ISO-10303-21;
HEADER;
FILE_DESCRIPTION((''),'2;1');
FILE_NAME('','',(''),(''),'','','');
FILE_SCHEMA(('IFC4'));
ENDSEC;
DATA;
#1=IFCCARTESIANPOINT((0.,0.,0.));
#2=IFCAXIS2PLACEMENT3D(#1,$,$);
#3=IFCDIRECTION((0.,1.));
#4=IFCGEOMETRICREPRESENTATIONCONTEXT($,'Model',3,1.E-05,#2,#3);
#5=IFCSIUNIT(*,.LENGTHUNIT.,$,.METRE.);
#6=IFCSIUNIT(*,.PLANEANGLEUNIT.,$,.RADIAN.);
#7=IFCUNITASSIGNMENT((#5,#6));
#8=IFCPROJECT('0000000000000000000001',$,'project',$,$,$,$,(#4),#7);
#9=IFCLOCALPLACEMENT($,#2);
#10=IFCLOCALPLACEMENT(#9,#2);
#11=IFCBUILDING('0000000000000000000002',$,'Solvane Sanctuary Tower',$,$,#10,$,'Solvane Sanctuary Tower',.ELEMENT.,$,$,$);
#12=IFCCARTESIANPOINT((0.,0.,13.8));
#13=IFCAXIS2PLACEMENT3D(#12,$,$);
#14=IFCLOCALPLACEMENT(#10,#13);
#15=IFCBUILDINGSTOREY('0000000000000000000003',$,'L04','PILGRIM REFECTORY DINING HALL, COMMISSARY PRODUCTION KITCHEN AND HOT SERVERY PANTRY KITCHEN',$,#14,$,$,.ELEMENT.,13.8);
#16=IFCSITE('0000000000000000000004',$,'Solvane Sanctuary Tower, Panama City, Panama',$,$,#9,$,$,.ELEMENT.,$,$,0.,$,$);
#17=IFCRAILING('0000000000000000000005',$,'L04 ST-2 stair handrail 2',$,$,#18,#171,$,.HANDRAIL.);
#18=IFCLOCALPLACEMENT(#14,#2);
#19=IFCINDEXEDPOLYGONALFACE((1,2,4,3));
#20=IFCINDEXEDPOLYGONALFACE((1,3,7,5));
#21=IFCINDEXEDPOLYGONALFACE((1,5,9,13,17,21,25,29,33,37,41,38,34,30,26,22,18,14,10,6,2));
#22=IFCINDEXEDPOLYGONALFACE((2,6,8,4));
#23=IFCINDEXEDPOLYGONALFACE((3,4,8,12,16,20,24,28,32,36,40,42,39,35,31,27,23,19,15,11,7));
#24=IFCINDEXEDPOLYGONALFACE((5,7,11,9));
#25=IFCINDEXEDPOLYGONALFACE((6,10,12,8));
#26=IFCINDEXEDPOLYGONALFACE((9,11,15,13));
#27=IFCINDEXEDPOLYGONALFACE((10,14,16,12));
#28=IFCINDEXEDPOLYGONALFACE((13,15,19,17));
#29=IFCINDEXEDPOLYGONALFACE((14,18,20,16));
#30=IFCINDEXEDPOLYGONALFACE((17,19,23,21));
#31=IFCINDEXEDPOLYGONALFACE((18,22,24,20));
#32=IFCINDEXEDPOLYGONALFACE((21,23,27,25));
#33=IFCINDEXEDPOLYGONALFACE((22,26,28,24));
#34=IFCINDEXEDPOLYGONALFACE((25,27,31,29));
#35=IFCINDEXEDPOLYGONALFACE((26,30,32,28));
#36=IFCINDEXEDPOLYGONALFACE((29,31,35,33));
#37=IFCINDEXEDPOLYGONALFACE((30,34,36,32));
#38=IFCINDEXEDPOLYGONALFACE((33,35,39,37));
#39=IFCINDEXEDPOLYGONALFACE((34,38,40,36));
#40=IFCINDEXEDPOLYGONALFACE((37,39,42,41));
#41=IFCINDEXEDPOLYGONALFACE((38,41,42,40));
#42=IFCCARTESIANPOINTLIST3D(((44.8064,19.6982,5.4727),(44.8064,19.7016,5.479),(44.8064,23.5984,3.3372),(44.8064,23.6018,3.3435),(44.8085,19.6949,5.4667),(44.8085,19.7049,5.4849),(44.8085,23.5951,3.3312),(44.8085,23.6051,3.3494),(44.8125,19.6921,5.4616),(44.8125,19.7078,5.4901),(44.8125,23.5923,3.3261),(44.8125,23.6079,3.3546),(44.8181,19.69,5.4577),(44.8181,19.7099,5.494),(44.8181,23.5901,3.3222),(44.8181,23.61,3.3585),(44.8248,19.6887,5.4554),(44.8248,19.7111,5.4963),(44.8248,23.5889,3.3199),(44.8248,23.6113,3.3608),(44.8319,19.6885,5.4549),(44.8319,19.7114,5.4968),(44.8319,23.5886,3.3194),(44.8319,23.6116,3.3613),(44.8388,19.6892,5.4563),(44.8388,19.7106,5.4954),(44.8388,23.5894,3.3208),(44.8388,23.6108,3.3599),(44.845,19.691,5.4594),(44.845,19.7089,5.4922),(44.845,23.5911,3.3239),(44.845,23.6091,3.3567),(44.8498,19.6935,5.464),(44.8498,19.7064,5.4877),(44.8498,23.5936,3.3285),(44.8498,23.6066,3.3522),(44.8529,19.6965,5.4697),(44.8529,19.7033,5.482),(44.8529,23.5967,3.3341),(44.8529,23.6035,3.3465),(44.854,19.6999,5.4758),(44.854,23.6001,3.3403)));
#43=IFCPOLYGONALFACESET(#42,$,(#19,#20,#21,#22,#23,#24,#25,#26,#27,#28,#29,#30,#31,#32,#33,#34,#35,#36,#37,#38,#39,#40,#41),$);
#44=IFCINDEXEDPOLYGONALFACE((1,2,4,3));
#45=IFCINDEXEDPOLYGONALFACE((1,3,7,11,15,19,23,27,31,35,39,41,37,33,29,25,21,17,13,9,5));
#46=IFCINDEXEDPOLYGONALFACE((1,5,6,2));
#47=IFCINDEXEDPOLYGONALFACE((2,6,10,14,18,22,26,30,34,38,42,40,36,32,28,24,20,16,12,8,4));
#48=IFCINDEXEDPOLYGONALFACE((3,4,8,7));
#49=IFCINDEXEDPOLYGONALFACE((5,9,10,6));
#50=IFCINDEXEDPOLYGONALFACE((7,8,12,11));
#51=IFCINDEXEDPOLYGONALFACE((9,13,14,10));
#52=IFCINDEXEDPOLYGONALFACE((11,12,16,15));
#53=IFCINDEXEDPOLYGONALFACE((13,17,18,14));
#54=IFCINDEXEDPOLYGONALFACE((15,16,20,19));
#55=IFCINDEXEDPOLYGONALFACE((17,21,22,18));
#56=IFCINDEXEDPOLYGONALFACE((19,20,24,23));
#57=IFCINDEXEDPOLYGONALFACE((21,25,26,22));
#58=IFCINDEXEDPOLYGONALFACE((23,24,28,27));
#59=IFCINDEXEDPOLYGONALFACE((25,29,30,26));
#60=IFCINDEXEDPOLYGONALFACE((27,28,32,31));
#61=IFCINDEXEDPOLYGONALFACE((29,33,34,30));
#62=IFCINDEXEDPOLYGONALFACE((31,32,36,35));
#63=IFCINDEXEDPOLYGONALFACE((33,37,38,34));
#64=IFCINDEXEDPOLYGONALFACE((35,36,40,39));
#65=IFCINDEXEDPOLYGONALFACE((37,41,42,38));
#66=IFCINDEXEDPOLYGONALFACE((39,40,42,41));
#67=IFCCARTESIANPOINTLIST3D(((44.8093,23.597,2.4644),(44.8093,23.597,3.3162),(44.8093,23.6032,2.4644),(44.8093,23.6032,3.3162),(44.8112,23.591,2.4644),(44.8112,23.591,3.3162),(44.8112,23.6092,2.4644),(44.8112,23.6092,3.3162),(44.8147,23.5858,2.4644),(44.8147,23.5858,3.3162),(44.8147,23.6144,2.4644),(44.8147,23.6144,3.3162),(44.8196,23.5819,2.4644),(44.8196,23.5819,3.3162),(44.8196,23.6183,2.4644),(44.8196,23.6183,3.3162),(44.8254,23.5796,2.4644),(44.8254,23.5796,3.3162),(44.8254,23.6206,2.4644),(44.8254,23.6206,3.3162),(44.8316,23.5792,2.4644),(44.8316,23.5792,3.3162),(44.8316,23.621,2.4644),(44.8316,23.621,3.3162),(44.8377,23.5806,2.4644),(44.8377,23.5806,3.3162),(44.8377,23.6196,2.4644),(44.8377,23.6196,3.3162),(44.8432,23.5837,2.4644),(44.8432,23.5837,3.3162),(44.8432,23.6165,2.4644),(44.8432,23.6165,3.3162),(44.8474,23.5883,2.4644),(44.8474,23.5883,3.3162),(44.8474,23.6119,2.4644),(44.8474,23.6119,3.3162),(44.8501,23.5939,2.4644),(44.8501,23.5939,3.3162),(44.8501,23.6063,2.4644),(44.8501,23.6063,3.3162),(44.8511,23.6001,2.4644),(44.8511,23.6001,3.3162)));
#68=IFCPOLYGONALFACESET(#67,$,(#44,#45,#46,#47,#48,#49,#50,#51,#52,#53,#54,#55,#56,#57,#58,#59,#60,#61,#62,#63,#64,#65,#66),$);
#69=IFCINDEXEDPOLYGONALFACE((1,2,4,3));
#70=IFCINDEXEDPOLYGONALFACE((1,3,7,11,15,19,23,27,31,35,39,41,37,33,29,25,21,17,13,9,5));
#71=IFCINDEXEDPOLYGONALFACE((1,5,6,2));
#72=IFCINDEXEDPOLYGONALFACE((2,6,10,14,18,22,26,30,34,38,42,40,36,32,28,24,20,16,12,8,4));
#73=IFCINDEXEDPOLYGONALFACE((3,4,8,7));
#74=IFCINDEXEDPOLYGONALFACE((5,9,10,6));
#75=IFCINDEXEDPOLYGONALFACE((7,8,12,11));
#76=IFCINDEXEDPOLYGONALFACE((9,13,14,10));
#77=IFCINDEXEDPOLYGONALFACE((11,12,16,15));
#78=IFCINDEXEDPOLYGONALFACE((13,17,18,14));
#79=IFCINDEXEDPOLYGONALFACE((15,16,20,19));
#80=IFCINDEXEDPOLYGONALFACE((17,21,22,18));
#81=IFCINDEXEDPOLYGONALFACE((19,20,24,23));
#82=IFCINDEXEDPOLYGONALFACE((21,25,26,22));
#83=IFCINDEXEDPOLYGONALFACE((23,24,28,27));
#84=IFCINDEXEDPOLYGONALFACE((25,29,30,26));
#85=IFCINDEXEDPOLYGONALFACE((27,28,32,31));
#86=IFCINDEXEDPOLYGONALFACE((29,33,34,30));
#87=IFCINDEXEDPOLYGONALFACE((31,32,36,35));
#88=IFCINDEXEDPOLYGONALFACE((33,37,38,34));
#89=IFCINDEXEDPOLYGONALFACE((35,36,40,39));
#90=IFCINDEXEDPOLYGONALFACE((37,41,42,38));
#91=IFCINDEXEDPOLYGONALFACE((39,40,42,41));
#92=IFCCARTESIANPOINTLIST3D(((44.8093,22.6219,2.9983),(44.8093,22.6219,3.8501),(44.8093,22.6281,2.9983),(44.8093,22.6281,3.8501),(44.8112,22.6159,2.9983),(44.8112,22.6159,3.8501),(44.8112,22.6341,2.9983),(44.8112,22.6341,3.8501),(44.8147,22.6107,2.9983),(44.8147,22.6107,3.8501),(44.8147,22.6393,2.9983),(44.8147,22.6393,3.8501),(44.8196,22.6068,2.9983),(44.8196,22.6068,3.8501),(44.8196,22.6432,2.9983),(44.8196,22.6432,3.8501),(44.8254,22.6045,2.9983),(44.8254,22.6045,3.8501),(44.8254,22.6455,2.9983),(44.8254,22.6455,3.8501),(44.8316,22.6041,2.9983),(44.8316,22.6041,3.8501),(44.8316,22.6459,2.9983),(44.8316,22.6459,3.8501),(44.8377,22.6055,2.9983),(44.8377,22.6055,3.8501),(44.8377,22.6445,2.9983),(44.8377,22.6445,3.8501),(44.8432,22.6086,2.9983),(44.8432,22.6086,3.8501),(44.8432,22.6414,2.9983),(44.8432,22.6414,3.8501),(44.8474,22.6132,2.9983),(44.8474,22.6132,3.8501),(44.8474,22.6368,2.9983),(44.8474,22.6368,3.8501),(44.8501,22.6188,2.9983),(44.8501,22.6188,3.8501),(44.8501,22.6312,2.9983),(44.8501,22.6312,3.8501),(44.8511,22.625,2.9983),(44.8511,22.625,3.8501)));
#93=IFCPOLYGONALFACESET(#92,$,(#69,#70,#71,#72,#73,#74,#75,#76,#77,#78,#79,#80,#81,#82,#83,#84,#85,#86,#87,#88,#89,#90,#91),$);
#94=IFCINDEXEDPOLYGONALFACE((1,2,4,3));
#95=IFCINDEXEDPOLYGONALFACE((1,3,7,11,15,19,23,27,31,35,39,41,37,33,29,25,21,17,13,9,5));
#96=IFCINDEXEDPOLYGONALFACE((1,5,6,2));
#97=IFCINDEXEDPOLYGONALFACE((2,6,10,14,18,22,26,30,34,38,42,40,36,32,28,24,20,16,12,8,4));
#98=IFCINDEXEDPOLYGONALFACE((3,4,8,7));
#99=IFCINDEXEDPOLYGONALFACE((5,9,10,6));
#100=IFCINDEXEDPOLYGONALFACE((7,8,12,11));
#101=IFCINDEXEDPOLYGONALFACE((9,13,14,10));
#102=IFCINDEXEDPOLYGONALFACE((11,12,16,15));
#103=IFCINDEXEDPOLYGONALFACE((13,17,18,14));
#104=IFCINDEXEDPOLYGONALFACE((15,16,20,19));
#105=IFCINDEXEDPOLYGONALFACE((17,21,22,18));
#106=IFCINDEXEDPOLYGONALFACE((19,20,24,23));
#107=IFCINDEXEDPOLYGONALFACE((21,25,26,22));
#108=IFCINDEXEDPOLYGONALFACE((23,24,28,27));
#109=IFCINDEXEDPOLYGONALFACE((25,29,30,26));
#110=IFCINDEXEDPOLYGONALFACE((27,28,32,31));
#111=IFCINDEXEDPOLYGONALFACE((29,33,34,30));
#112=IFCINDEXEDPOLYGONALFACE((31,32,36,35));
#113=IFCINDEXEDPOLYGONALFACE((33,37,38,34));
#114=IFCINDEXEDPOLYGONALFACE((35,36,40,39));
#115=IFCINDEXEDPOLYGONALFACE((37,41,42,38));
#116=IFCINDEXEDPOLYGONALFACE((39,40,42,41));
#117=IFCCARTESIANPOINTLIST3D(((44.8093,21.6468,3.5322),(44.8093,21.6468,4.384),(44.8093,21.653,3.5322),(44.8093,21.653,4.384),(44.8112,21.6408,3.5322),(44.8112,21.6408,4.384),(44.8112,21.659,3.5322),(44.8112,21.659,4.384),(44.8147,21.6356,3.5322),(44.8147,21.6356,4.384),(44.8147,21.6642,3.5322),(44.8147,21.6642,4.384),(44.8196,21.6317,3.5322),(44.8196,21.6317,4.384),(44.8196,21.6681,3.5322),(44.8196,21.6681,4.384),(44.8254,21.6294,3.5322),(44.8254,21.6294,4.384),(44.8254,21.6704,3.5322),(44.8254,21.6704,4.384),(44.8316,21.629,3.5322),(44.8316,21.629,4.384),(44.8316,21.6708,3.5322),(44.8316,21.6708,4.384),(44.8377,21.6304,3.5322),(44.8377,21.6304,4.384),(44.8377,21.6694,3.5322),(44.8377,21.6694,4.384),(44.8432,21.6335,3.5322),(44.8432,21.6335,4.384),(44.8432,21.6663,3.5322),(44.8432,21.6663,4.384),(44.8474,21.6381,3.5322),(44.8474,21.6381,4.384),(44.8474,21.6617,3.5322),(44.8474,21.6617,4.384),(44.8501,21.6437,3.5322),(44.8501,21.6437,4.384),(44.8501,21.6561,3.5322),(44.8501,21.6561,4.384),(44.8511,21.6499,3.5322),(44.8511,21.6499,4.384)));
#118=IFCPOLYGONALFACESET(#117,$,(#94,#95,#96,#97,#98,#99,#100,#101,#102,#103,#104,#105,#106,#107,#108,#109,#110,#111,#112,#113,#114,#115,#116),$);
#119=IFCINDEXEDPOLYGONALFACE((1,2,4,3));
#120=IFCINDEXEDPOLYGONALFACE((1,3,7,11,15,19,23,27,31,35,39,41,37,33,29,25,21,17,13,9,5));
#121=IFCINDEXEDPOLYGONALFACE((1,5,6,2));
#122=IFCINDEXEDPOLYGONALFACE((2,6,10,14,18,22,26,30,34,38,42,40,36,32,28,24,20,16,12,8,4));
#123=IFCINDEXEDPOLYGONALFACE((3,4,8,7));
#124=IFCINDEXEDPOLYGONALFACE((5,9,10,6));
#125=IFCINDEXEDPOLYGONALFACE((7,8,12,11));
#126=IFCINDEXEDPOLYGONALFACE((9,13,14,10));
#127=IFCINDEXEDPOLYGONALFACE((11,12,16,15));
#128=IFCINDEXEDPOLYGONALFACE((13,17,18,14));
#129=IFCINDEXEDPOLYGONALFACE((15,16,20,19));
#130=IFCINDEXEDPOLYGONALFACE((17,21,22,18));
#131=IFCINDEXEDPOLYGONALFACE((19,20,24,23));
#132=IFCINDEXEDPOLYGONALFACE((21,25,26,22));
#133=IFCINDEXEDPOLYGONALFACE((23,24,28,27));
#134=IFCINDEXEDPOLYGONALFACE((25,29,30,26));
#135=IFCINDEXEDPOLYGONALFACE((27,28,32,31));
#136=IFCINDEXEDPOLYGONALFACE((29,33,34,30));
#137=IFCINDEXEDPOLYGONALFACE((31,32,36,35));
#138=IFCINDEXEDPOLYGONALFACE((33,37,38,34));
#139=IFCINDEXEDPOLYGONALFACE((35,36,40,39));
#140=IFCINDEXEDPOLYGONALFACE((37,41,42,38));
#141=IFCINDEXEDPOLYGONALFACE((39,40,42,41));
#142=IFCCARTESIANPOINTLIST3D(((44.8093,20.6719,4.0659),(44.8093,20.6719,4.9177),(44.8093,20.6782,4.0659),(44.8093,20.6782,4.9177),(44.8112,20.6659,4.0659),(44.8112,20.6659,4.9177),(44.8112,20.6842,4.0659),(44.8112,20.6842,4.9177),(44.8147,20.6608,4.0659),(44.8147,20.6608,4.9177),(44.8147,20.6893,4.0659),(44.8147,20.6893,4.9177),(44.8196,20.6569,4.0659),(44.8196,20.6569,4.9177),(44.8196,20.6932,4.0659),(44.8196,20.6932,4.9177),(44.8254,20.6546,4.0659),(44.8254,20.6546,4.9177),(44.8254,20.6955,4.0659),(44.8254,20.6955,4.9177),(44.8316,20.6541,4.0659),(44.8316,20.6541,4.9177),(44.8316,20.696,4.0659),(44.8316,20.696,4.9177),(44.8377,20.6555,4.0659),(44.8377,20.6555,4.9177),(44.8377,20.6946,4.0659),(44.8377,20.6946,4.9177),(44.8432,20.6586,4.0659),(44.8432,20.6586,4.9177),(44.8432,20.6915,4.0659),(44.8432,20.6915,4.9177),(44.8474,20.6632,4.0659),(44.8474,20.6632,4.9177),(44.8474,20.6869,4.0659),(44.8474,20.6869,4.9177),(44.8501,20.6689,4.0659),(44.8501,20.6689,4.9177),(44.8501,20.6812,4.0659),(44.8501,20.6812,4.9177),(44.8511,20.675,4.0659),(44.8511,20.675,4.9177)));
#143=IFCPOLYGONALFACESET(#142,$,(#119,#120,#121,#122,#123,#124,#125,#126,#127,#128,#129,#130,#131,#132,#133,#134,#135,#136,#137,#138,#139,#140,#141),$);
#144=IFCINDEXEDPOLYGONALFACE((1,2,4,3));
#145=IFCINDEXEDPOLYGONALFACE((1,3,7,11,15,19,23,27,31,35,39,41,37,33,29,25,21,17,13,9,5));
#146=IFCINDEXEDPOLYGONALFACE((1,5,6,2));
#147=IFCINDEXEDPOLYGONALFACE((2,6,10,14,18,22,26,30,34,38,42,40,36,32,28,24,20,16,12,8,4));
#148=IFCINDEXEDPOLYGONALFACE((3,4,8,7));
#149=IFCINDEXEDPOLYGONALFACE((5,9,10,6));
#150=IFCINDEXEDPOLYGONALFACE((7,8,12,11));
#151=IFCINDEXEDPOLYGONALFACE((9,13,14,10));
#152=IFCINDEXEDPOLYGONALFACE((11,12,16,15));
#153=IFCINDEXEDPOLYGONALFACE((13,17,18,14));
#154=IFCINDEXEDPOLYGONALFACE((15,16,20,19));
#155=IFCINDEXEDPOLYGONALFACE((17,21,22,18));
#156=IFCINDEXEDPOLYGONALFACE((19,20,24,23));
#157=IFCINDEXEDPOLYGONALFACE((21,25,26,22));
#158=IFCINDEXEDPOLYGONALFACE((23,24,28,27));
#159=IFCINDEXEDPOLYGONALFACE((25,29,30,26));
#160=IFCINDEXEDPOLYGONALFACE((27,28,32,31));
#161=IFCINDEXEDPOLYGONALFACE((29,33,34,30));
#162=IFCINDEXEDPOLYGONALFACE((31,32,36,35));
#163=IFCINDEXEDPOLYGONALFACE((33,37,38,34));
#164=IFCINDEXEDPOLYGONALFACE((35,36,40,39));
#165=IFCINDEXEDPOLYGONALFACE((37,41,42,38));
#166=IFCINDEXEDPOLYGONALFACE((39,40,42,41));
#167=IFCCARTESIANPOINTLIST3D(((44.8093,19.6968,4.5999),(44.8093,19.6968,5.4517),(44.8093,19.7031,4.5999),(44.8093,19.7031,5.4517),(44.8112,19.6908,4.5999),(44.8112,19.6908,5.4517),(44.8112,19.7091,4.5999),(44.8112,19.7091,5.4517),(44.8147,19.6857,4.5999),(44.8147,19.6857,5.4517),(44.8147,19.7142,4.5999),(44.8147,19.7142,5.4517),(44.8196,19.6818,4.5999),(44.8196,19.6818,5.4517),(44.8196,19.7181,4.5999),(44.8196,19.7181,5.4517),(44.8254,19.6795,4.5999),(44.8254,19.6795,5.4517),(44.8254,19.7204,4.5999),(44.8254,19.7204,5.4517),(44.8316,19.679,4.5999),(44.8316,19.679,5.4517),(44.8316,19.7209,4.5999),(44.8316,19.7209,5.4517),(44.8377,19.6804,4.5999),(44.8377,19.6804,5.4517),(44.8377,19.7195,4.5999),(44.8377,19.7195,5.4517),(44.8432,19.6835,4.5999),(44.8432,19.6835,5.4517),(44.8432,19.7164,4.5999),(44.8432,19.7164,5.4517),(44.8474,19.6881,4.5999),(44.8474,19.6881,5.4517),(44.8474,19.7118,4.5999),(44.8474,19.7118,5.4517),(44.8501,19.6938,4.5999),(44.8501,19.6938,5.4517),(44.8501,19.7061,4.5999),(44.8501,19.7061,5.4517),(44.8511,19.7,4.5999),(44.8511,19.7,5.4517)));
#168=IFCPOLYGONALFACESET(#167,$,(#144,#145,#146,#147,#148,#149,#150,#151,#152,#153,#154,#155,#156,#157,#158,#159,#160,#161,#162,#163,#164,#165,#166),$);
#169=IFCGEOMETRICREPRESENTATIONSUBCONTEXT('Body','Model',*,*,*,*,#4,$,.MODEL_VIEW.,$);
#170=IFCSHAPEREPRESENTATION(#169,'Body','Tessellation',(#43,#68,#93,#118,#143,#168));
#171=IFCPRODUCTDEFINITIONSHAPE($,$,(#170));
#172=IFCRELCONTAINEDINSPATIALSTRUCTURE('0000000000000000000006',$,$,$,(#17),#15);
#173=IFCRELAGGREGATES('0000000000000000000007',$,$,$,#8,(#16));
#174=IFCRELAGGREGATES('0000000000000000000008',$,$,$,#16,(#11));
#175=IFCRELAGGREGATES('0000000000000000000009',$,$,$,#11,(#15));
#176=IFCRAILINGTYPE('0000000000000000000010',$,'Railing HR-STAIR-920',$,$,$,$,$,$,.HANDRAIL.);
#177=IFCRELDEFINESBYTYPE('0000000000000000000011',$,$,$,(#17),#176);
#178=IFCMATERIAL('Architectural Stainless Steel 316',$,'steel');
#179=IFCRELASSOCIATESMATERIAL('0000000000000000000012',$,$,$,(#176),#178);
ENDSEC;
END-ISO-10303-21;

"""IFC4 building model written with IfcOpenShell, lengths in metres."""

from ifc_helpers import new_model, si_unit, direction, frame, origin, origin_2d, place, context, subcontext, project, spatial, circle, extrude, material, type_object, element, save


model = new_model("IFC4")

# Units and contexts
model_context = context("Model", 3, precision=1e-05, world=origin(), true_north=direction((0.0, 1.0)))
body_context = subcontext(model_context, "Body", "Model", "MODEL_VIEW")
ifc_project = project(units=[si_unit("LENGTHUNIT", "METRE"), si_unit("PLANEANGLEUNIT", "RADIAN")], contexts=[model_context])

# Site, building, storey
site_placement = place(None, origin())
site = spatial("IfcSite", under=ifc_project, at=site_placement, Name="Solvane Sanctuary Tower, Panama City, Panama", CompositionType="ELEMENT", RefElevation=0.0)
building_placement = place(site_placement, origin())
building = spatial("IfcBuilding", under=site, at=building_placement, Name="Solvane Sanctuary Tower", LongName="Solvane Sanctuary Tower", CompositionType="ELEMENT")
storey_placement = place(building_placement, frame((0.0, 0.0, 13.8)))
storey = spatial("IfcBuildingStorey", under=building, at=storey_placement, Name="L04", Description="PILGRIM REFECTORY DINING HALL, COMMISSARY PRODUCTION KITCHEN AND HOT SERVERY PANTRY KITCHEN", CompositionType="ELEMENT", Elevation=13.8)

# Shared definitions
ifc_material_1 = material(Name="Architectural Stainless Steel 316", Category="steel")

# Railing
railing_type_1 = type_object("IfcRailingType", Name="Railing HR-STAIR-920", PredefinedType="HANDRAIL", material=ifc_material_1)
railing_1_placement = place(storey_placement, frame((44.8301, 23.6001, 2.4644)))
element("IfcRailing", 1, at=railing_1_placement, inside=storey, type_object=railing_type_1, Name="L04 ST-2 stair handrail 2", PredefinedType="HANDRAIL", context=body_context, shape_type="SweptSolid", body=[
    extrude(circle(Radius=0.0239, at=origin_2d()), frame((0.0, 0.0, 0.876), z_axis=(0.0, -0.877124, 0.480263), x_axis=(1.0, 0.0, 0.0)), (0.0, 0.0, 1.0), 4.4465),
    extrude(circle(Radius=0.021, at=origin_2d()), origin(), (0.0, 0.0, 1.0), 0.8518),
    extrude(circle(Radius=0.021, at=origin_2d()), frame((0.0, -0.9751, 0.5339)), (0.0, 0.0, 1.0), 0.8518),
    extrude(circle(Radius=0.021, at=origin_2d()), frame((0.0, -1.9502, 1.0679)), (0.0, 0.0, 1.0), 0.8518),
    extrude(circle(Radius=0.021, at=origin_2d()), frame((0.0, -2.925, 1.6016)), (0.0, 0.0, 1.0), 0.8518),
    extrude(circle(Radius=0.021, at=origin_2d()), frame((0.0, -3.9001, 2.1355)), (0.0, 0.0, 1.0), 0.8518),
])

save(model, "model.ifc")
